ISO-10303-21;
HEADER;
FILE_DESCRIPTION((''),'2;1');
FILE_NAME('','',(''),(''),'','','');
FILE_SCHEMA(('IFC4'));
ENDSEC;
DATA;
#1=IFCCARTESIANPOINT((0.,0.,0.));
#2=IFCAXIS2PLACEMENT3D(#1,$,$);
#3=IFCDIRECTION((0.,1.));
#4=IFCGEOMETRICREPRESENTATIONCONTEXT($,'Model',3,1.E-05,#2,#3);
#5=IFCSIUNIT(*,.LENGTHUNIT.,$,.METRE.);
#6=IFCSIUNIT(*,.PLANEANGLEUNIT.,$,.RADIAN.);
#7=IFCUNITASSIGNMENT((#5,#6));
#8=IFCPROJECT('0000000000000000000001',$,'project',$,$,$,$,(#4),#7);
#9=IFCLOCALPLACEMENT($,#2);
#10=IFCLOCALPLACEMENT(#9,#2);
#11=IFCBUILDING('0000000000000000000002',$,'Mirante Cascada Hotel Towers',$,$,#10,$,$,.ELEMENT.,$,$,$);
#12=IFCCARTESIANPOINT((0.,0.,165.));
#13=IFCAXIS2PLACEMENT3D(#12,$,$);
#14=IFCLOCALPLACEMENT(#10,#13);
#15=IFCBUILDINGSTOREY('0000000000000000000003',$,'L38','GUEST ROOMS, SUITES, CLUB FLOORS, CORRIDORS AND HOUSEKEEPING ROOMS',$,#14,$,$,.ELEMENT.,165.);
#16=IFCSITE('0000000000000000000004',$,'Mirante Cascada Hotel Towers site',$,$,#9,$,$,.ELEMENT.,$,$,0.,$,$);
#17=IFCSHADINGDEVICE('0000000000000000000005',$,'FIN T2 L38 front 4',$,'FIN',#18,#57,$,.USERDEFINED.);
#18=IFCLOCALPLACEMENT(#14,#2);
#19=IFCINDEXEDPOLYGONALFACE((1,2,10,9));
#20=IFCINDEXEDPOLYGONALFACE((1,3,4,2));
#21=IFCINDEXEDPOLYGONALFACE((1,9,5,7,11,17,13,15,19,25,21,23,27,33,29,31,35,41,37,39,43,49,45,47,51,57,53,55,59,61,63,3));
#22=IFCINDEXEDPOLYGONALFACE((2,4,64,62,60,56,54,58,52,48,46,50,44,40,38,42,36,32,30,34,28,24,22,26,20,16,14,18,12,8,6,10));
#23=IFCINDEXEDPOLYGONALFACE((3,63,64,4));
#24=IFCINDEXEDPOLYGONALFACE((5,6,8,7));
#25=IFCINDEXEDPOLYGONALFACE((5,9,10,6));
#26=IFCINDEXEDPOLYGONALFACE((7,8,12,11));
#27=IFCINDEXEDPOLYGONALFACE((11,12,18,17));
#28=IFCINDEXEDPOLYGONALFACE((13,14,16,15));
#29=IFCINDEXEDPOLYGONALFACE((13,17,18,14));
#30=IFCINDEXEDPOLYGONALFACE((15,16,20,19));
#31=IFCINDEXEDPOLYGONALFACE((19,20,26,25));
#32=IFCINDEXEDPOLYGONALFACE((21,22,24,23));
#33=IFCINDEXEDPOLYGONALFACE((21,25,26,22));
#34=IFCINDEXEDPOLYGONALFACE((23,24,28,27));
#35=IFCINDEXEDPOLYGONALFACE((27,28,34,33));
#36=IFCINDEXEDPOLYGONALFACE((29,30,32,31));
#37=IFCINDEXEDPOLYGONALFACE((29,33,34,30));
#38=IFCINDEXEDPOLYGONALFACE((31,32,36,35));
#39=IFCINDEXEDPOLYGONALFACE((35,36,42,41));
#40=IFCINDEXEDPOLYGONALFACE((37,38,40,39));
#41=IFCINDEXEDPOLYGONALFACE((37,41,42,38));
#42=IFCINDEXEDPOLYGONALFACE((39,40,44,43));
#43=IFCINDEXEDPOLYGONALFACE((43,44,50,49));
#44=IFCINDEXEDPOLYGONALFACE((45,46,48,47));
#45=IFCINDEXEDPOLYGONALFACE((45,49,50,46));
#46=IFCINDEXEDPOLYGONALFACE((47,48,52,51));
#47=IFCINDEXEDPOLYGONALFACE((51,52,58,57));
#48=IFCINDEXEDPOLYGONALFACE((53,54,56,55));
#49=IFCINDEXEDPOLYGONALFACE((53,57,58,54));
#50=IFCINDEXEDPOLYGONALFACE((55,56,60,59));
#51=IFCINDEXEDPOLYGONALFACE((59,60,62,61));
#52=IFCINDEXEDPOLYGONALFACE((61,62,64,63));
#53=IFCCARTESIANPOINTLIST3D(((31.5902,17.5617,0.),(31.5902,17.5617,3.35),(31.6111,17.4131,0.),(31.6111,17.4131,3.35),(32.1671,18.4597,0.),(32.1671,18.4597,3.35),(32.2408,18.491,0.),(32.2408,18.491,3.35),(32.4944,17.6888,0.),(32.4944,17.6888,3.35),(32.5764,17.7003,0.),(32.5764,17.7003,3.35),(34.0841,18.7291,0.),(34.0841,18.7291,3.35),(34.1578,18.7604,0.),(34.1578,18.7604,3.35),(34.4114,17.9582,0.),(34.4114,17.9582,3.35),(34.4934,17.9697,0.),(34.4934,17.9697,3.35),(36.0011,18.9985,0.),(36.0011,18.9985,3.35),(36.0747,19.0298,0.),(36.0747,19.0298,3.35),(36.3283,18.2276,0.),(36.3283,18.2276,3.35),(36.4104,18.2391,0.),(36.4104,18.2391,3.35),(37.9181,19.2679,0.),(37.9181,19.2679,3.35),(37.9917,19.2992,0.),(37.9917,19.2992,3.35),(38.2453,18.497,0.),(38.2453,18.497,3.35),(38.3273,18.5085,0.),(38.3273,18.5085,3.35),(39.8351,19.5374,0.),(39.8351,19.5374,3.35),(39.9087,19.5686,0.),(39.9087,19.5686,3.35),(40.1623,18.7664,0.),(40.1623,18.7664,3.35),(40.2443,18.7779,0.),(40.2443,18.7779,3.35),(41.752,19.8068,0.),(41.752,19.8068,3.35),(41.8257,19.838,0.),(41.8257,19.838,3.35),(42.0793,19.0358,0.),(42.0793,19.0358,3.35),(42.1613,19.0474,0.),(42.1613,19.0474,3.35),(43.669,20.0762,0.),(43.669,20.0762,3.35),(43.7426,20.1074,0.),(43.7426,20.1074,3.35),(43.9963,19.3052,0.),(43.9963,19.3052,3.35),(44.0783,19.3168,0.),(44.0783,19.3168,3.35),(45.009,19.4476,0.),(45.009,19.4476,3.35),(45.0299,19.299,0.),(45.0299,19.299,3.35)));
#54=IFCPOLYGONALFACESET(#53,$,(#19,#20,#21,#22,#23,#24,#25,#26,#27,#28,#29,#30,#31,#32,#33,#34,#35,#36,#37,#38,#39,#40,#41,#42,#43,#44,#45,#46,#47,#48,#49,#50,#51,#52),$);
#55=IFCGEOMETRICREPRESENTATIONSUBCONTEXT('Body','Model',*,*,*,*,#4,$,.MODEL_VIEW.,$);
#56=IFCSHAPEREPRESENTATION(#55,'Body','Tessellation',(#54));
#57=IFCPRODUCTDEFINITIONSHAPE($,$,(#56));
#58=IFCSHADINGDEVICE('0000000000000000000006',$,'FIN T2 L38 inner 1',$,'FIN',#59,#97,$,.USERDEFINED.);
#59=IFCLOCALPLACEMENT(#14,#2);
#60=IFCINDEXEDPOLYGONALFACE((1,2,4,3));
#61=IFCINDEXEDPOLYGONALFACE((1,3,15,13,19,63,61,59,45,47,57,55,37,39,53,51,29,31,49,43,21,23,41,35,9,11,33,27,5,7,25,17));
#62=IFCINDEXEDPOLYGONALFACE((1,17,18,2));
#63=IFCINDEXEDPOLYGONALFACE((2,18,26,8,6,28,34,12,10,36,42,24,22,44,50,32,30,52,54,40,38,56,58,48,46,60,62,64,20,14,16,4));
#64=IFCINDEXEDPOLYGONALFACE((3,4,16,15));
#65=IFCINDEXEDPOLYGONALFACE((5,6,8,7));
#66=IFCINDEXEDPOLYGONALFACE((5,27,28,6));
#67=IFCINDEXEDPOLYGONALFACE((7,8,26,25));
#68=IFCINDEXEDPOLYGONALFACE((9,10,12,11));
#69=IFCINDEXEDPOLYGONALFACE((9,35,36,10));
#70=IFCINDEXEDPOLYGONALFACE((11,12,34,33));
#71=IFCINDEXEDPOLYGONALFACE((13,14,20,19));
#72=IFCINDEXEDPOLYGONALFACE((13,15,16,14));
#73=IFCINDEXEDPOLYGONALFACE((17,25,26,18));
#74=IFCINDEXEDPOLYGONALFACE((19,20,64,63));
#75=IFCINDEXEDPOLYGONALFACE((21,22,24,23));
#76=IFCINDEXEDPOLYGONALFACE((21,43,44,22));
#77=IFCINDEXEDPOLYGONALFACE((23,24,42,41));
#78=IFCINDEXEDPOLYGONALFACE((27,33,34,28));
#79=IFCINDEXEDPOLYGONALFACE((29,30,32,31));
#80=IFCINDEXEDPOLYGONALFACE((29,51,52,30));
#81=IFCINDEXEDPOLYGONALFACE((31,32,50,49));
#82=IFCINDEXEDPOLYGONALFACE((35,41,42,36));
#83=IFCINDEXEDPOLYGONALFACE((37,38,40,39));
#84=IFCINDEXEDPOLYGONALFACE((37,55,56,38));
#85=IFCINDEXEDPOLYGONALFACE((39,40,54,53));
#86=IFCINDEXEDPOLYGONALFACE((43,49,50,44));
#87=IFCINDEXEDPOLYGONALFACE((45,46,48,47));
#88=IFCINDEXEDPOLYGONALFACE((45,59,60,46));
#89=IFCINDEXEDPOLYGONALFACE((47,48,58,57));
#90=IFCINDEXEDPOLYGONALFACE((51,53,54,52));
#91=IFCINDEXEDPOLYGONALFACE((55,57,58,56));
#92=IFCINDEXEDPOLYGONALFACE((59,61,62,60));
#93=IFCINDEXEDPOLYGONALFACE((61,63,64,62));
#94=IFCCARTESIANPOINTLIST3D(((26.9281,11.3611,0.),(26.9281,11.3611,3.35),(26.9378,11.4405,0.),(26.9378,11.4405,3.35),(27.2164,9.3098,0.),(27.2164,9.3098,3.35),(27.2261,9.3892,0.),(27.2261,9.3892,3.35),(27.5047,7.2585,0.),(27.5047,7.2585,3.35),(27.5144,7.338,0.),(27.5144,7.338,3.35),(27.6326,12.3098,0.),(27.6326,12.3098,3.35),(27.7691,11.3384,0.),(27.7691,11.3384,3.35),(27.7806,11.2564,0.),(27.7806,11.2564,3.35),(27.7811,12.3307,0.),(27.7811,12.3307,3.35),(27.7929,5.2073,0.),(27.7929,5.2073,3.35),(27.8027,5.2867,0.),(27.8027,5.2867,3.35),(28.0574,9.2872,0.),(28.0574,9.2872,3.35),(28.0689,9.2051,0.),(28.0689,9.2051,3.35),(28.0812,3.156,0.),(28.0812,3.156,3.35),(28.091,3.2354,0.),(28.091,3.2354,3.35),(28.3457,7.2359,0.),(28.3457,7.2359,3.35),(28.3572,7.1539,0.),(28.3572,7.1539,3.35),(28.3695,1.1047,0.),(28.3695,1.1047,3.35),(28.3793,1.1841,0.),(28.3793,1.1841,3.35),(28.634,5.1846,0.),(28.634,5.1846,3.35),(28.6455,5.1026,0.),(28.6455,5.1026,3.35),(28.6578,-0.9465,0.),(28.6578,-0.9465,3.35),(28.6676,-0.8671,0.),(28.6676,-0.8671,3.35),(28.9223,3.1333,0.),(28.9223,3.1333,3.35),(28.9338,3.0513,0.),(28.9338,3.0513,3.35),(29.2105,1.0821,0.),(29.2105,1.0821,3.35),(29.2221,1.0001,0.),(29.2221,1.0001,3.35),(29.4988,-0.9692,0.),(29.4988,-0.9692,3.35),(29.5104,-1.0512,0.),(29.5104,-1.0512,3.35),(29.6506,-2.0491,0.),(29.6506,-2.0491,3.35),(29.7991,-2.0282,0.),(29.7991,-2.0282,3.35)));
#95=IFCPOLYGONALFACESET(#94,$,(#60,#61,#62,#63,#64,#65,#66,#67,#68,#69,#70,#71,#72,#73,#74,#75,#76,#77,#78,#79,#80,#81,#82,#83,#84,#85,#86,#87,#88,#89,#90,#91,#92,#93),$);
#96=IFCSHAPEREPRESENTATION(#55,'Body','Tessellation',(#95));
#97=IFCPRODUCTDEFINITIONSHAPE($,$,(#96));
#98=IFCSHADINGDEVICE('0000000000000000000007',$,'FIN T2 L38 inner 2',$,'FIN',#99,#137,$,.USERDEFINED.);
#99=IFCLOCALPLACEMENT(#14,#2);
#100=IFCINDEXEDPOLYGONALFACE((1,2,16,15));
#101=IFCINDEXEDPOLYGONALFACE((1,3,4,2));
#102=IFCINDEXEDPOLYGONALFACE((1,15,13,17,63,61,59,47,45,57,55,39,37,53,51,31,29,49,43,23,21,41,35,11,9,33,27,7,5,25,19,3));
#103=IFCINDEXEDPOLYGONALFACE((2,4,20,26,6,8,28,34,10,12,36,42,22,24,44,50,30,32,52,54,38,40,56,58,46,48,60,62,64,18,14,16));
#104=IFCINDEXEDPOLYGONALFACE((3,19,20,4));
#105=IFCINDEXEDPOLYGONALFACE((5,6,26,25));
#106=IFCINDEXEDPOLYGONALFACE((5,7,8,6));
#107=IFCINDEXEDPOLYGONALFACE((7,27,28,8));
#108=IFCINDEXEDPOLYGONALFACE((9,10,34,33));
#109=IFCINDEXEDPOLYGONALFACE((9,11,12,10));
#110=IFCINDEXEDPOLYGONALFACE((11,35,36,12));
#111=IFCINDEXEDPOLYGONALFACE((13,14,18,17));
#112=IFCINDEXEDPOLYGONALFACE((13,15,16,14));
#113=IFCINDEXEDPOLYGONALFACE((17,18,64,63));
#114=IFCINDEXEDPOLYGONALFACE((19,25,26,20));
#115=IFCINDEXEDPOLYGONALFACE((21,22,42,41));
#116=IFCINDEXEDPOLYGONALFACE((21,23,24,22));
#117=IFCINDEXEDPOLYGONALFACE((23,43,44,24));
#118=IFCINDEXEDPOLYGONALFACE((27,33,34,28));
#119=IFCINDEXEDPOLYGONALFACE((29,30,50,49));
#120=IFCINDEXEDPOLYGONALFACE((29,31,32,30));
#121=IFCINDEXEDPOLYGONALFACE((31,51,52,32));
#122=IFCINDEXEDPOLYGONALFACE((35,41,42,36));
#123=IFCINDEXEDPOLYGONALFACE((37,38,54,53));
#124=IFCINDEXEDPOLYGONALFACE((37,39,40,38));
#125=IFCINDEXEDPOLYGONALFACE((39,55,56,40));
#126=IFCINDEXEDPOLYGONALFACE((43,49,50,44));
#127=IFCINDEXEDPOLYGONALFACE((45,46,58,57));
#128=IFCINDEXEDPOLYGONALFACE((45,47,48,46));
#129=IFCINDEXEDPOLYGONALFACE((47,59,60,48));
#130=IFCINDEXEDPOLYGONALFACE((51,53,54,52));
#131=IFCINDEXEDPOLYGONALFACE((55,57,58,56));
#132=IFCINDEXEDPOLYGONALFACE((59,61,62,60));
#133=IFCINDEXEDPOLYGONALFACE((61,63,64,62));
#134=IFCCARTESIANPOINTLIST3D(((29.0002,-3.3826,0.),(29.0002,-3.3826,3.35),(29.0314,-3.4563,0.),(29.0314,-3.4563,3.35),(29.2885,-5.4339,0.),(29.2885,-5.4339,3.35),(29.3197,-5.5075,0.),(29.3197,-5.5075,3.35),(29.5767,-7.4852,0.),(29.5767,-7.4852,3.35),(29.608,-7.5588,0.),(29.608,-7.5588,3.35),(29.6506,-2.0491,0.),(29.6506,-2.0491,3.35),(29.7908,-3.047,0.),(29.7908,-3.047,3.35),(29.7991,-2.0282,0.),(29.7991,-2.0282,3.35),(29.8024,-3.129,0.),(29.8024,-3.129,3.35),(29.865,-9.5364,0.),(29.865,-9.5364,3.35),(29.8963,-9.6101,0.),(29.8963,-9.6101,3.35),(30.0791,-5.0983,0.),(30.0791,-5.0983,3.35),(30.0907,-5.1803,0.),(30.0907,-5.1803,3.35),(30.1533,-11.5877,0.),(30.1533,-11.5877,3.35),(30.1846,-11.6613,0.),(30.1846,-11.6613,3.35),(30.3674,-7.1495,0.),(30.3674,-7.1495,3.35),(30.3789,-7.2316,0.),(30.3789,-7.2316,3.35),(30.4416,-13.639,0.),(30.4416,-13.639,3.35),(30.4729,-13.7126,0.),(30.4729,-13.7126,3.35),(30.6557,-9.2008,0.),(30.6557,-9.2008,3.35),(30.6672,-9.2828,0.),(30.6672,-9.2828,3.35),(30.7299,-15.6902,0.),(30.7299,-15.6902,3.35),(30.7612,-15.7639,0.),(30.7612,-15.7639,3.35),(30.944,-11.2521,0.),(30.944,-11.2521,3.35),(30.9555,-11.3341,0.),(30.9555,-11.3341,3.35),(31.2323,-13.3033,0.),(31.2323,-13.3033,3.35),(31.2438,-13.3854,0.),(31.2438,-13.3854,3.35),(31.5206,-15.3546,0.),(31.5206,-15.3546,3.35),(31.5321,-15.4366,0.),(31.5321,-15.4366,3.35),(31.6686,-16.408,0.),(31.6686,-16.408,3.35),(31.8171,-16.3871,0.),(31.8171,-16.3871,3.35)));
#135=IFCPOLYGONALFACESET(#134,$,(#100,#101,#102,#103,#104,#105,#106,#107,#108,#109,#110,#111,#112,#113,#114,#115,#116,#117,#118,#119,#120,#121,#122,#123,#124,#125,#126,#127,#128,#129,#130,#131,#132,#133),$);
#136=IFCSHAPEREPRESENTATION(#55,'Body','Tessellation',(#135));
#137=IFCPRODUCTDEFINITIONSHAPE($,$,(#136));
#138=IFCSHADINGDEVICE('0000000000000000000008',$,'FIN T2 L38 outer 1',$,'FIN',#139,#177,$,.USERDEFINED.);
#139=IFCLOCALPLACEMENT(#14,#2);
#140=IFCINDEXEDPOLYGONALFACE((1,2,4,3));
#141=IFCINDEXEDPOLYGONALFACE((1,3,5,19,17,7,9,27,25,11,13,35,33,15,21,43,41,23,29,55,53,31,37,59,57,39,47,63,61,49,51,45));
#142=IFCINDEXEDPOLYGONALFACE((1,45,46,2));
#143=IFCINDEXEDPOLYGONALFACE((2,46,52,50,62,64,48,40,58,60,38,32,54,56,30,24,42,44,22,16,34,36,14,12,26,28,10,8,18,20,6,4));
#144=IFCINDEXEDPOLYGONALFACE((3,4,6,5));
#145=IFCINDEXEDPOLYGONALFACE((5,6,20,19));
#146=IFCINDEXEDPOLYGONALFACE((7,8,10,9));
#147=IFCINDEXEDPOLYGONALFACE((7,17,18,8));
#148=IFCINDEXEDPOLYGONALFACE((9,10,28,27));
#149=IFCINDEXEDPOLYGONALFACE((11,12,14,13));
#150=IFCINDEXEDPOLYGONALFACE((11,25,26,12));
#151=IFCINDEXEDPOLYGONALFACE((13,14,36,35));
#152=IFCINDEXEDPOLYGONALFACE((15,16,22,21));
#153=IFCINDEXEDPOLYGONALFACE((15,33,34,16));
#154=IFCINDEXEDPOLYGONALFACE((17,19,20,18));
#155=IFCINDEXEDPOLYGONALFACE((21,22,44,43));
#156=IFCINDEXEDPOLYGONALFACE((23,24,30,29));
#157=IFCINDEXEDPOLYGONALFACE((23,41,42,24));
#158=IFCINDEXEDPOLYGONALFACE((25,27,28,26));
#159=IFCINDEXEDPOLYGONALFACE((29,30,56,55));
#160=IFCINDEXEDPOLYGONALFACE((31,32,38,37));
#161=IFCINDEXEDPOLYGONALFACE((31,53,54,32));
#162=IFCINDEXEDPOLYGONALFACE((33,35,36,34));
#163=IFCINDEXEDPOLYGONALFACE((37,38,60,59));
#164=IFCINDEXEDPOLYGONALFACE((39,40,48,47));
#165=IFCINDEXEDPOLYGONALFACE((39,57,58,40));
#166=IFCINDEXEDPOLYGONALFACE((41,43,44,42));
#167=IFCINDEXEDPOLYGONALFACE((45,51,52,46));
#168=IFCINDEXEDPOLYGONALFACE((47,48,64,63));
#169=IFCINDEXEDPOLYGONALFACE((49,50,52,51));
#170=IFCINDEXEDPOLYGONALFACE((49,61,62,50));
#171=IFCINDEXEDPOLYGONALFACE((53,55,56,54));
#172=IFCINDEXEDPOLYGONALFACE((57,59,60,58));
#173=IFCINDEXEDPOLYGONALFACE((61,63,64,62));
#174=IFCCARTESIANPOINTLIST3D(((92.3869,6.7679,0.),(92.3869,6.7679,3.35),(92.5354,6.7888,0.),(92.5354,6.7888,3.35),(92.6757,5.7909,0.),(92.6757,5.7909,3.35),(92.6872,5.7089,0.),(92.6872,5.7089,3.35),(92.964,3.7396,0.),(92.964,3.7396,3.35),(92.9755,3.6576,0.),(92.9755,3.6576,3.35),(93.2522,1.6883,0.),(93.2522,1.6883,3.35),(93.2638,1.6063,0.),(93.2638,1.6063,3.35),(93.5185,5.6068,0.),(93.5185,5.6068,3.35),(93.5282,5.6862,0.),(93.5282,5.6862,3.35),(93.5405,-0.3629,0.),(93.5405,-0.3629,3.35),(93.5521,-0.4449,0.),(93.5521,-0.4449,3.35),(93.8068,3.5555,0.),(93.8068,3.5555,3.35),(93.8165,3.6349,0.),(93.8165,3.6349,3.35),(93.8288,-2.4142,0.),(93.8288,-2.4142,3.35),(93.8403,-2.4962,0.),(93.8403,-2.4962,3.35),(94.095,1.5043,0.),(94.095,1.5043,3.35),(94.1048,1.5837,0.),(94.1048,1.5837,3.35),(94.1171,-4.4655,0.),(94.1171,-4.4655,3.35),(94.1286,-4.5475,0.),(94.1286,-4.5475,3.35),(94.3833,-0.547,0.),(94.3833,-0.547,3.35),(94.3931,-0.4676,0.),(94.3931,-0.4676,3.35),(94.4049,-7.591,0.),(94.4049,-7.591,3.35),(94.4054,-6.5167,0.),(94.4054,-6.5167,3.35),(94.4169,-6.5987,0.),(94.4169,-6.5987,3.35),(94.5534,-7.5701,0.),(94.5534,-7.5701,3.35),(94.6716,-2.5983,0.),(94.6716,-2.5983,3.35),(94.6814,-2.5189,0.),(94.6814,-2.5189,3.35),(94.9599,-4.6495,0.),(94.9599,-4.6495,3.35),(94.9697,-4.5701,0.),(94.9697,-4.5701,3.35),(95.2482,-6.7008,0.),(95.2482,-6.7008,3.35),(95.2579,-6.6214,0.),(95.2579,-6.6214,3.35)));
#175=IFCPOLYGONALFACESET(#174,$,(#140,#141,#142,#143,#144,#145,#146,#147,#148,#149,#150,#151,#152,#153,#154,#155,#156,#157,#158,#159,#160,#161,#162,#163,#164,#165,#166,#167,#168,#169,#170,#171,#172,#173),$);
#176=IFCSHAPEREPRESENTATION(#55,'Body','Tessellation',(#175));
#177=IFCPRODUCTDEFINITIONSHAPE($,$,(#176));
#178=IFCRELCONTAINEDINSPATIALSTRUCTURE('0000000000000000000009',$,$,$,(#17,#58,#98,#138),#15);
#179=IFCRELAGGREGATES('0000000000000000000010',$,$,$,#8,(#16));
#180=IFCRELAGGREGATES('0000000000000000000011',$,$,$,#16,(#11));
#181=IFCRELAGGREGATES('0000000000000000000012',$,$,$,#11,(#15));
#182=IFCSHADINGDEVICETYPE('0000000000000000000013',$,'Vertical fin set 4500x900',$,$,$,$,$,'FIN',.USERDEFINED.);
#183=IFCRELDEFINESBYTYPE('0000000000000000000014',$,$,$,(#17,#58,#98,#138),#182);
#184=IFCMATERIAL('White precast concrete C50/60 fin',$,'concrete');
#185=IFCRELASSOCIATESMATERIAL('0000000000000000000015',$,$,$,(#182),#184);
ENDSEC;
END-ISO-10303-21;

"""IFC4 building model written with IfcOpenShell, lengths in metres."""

from ifc_helpers import new_model, si_unit, direction, frame, origin, place, context, subcontext, project, spatial, polyline, outline, extrude, material, type_object, element, save


model = new_model("IFC4")

# Units and contexts
model_context = context("Model", 3, precision=1e-05, world=origin(), true_north=direction((0.0, 1.0)))
body_context = subcontext(model_context, "Body", "Model", "MODEL_VIEW")
ifc_project = project(units=[si_unit("LENGTHUNIT", "METRE"), si_unit("PLANEANGLEUNIT", "RADIAN")], contexts=[model_context])

# Site, building, storey
site_placement = place(None, origin())
site = spatial("IfcSite", under=ifc_project, at=site_placement, Name="Mirante Cascada Hotel Towers site", CompositionType="ELEMENT", RefElevation=0.0)
building_placement = place(site_placement, origin())
building = spatial("IfcBuilding", under=site, at=building_placement, Name="Mirante Cascada Hotel Towers", CompositionType="ELEMENT")
storey_placement = place(building_placement, frame((0.0, 0.0, 165.0)))
storey = spatial("IfcBuildingStorey", under=building, at=storey_placement, Name="L38", Description="GUEST ROOMS, SUITES, CLUB FLOORS, CORRIDORS AND HOUSEKEEPING ROOMS", CompositionType="ELEMENT", Elevation=165.0)

# Shading devices
ifc_material_1 = material(Name="White precast concrete C50/60 fin", Category="concrete")
shading_device_type = type_object("IfcShadingDeviceType", Name="Vertical fin set 4500x900", ElementType="FIN", PredefinedType="USERDEFINED", material=ifc_material_1)
shading_device_1_placement = place(storey_placement, origin())
element("IfcShadingDevice", 1, at=shading_device_1_placement, inside=storey, type_object=shading_device_type, Name="FIN T2 L38 front 4", ObjectType="FIN", PredefinedType="USERDEFINED", context=body_context, shape_type="SweptSolid", body=[
    extrude(outline(polyline([(32.2408, 18.491), (32.5764, 17.7003), (34.4114, 17.9582), (34.0841, 18.7291), (34.1578, 18.7604), (34.4934, 17.9697), (36.3283, 18.2276), (36.0011, 18.9985), (36.0747, 19.0298), (36.4104, 18.2391), (38.2453, 18.497), (37.9181, 19.2679), (37.9917, 19.2992), (38.3273, 18.5085), (40.1623, 18.7664), (39.8351, 19.5374), (39.9087, 19.5686), (40.2443, 18.7779), (42.0793, 19.0358), (41.752, 19.8068), (41.8257, 19.838), (42.1613, 19.0474), (43.9963, 19.3052), (43.669, 20.0762), (43.7426, 20.1074), (44.0783, 19.3168), (45.009, 19.4476), (45.0299, 19.299), (31.6111, 17.4131), (31.5902, 17.5617), (32.4944, 17.6888), (32.1671, 18.4597), (32.2408, 18.491)])), origin(), (0.0, 0.0, 1.0), 3.35),
])
shading_device_2_placement = place(storey_placement, origin())
element("IfcShadingDevice", 2, at=shading_device_2_placement, inside=storey, type_object=shading_device_type, Name="FIN T2 L38 inner 1", ObjectType="FIN", PredefinedType="USERDEFINED", context=body_context, shape_type="SweptSolid", body=[
    extrude(outline(polyline([(28.6676, -0.8671), (29.4988, -0.9692), (29.2221, 1.0001), (28.3695, 1.1047), (28.3793, 1.1841), (29.2105, 1.0821), (28.9338, 3.0513), (28.0812, 3.156), (28.091, 3.2354), (28.9223, 3.1333), (28.6455, 5.1026), (27.7929, 5.2073), (27.8027, 5.2867), (28.634, 5.1846), (28.3572, 7.1539), (27.5047, 7.2585), (27.5144, 7.338), (28.3457, 7.2359), (28.0689, 9.2051), (27.2164, 9.3098), (27.2261, 9.3892), (28.0574, 9.2872), (27.7806, 11.2564), (26.9281, 11.3611), (26.9378, 11.4405), (27.7691, 11.3384), (27.6326, 12.3098), (27.7811, 12.3307), (29.7991, -2.0282), (29.6506, -2.0491), (29.5104, -1.0512), (28.6578, -0.9465), (28.6676, -0.8671)])), origin(), (0.0, 0.0, 1.0), 3.35),
])
shading_device_3_placement = place(storey_placement, origin())
element("IfcShadingDevice", 3, at=shading_device_3_placement, inside=storey, type_object=shading_device_type, Name="FIN T2 L38 inner 2", ObjectType="FIN", PredefinedType="USERDEFINED", context=body_context, shape_type="SweptSolid", body=[
    extrude(outline(polyline([(30.7299, -15.6902), (31.5206, -15.3546), (31.2438, -13.3854), (30.4729, -13.7126), (30.4416, -13.639), (31.2323, -13.3033), (30.9555, -11.3341), (30.1846, -11.6613), (30.1533, -11.5877), (30.944, -11.2521), (30.6672, -9.2828), (29.8963, -9.6101), (29.865, -9.5364), (30.6557, -9.2008), (30.3789, -7.2316), (29.608, -7.5588), (29.5767, -7.4852), (30.3674, -7.1495), (30.0907, -5.1803), (29.3197, -5.5075), (29.2885, -5.4339), (30.0791, -5.0983), (29.8024, -3.129), (29.0314, -3.4563), (29.0002, -3.3826), (29.7908, -3.047), (29.6506, -2.0491), (29.7991, -2.0282), (31.8171, -16.3871), (31.6686, -16.408), (31.5321, -15.4366), (30.7612, -15.7639), (30.7299, -15.6902)])), origin(), (0.0, 0.0, 1.0), 3.35),
])
shading_device_4_placement = place(storey_placement, origin())
element("IfcShadingDevice", 4, at=shading_device_4_placement, inside=storey, type_object=shading_device_type, Name="FIN T2 L38 outer 1", ObjectType="FIN", PredefinedType="USERDEFINED", context=body_context, shape_type="SweptSolid", body=[
    extrude(outline(polyline([(95.2482, -6.7008), (94.4169, -6.5987), (94.5534, -7.5701), (94.4049, -7.591), (92.3869, 6.7679), (92.5354, 6.7888), (92.6757, 5.7909), (93.5282, 5.6862), (93.5185, 5.6068), (92.6872, 5.7089), (92.964, 3.7396), (93.8165, 3.6349), (93.8068, 3.5555), (92.9755, 3.6576), (93.2522, 1.6883), (94.1048, 1.5837), (94.095, 1.5043), (93.2638, 1.6063), (93.5405, -0.3629), (94.3931, -0.4676), (94.3833, -0.547), (93.5521, -0.4449), (93.8288, -2.4142), (94.6814, -2.5189), (94.6716, -2.5983), (93.8403, -2.4962), (94.1171, -4.4655), (94.9697, -4.5701), (94.9599, -4.6495), (94.1286, -4.5475), (94.4054, -6.5167), (95.2579, -6.6214), (95.2482, -6.7008)])), origin(), (0.0, 0.0, 1.0), 3.35),
])

save(model, "model.ifc")
